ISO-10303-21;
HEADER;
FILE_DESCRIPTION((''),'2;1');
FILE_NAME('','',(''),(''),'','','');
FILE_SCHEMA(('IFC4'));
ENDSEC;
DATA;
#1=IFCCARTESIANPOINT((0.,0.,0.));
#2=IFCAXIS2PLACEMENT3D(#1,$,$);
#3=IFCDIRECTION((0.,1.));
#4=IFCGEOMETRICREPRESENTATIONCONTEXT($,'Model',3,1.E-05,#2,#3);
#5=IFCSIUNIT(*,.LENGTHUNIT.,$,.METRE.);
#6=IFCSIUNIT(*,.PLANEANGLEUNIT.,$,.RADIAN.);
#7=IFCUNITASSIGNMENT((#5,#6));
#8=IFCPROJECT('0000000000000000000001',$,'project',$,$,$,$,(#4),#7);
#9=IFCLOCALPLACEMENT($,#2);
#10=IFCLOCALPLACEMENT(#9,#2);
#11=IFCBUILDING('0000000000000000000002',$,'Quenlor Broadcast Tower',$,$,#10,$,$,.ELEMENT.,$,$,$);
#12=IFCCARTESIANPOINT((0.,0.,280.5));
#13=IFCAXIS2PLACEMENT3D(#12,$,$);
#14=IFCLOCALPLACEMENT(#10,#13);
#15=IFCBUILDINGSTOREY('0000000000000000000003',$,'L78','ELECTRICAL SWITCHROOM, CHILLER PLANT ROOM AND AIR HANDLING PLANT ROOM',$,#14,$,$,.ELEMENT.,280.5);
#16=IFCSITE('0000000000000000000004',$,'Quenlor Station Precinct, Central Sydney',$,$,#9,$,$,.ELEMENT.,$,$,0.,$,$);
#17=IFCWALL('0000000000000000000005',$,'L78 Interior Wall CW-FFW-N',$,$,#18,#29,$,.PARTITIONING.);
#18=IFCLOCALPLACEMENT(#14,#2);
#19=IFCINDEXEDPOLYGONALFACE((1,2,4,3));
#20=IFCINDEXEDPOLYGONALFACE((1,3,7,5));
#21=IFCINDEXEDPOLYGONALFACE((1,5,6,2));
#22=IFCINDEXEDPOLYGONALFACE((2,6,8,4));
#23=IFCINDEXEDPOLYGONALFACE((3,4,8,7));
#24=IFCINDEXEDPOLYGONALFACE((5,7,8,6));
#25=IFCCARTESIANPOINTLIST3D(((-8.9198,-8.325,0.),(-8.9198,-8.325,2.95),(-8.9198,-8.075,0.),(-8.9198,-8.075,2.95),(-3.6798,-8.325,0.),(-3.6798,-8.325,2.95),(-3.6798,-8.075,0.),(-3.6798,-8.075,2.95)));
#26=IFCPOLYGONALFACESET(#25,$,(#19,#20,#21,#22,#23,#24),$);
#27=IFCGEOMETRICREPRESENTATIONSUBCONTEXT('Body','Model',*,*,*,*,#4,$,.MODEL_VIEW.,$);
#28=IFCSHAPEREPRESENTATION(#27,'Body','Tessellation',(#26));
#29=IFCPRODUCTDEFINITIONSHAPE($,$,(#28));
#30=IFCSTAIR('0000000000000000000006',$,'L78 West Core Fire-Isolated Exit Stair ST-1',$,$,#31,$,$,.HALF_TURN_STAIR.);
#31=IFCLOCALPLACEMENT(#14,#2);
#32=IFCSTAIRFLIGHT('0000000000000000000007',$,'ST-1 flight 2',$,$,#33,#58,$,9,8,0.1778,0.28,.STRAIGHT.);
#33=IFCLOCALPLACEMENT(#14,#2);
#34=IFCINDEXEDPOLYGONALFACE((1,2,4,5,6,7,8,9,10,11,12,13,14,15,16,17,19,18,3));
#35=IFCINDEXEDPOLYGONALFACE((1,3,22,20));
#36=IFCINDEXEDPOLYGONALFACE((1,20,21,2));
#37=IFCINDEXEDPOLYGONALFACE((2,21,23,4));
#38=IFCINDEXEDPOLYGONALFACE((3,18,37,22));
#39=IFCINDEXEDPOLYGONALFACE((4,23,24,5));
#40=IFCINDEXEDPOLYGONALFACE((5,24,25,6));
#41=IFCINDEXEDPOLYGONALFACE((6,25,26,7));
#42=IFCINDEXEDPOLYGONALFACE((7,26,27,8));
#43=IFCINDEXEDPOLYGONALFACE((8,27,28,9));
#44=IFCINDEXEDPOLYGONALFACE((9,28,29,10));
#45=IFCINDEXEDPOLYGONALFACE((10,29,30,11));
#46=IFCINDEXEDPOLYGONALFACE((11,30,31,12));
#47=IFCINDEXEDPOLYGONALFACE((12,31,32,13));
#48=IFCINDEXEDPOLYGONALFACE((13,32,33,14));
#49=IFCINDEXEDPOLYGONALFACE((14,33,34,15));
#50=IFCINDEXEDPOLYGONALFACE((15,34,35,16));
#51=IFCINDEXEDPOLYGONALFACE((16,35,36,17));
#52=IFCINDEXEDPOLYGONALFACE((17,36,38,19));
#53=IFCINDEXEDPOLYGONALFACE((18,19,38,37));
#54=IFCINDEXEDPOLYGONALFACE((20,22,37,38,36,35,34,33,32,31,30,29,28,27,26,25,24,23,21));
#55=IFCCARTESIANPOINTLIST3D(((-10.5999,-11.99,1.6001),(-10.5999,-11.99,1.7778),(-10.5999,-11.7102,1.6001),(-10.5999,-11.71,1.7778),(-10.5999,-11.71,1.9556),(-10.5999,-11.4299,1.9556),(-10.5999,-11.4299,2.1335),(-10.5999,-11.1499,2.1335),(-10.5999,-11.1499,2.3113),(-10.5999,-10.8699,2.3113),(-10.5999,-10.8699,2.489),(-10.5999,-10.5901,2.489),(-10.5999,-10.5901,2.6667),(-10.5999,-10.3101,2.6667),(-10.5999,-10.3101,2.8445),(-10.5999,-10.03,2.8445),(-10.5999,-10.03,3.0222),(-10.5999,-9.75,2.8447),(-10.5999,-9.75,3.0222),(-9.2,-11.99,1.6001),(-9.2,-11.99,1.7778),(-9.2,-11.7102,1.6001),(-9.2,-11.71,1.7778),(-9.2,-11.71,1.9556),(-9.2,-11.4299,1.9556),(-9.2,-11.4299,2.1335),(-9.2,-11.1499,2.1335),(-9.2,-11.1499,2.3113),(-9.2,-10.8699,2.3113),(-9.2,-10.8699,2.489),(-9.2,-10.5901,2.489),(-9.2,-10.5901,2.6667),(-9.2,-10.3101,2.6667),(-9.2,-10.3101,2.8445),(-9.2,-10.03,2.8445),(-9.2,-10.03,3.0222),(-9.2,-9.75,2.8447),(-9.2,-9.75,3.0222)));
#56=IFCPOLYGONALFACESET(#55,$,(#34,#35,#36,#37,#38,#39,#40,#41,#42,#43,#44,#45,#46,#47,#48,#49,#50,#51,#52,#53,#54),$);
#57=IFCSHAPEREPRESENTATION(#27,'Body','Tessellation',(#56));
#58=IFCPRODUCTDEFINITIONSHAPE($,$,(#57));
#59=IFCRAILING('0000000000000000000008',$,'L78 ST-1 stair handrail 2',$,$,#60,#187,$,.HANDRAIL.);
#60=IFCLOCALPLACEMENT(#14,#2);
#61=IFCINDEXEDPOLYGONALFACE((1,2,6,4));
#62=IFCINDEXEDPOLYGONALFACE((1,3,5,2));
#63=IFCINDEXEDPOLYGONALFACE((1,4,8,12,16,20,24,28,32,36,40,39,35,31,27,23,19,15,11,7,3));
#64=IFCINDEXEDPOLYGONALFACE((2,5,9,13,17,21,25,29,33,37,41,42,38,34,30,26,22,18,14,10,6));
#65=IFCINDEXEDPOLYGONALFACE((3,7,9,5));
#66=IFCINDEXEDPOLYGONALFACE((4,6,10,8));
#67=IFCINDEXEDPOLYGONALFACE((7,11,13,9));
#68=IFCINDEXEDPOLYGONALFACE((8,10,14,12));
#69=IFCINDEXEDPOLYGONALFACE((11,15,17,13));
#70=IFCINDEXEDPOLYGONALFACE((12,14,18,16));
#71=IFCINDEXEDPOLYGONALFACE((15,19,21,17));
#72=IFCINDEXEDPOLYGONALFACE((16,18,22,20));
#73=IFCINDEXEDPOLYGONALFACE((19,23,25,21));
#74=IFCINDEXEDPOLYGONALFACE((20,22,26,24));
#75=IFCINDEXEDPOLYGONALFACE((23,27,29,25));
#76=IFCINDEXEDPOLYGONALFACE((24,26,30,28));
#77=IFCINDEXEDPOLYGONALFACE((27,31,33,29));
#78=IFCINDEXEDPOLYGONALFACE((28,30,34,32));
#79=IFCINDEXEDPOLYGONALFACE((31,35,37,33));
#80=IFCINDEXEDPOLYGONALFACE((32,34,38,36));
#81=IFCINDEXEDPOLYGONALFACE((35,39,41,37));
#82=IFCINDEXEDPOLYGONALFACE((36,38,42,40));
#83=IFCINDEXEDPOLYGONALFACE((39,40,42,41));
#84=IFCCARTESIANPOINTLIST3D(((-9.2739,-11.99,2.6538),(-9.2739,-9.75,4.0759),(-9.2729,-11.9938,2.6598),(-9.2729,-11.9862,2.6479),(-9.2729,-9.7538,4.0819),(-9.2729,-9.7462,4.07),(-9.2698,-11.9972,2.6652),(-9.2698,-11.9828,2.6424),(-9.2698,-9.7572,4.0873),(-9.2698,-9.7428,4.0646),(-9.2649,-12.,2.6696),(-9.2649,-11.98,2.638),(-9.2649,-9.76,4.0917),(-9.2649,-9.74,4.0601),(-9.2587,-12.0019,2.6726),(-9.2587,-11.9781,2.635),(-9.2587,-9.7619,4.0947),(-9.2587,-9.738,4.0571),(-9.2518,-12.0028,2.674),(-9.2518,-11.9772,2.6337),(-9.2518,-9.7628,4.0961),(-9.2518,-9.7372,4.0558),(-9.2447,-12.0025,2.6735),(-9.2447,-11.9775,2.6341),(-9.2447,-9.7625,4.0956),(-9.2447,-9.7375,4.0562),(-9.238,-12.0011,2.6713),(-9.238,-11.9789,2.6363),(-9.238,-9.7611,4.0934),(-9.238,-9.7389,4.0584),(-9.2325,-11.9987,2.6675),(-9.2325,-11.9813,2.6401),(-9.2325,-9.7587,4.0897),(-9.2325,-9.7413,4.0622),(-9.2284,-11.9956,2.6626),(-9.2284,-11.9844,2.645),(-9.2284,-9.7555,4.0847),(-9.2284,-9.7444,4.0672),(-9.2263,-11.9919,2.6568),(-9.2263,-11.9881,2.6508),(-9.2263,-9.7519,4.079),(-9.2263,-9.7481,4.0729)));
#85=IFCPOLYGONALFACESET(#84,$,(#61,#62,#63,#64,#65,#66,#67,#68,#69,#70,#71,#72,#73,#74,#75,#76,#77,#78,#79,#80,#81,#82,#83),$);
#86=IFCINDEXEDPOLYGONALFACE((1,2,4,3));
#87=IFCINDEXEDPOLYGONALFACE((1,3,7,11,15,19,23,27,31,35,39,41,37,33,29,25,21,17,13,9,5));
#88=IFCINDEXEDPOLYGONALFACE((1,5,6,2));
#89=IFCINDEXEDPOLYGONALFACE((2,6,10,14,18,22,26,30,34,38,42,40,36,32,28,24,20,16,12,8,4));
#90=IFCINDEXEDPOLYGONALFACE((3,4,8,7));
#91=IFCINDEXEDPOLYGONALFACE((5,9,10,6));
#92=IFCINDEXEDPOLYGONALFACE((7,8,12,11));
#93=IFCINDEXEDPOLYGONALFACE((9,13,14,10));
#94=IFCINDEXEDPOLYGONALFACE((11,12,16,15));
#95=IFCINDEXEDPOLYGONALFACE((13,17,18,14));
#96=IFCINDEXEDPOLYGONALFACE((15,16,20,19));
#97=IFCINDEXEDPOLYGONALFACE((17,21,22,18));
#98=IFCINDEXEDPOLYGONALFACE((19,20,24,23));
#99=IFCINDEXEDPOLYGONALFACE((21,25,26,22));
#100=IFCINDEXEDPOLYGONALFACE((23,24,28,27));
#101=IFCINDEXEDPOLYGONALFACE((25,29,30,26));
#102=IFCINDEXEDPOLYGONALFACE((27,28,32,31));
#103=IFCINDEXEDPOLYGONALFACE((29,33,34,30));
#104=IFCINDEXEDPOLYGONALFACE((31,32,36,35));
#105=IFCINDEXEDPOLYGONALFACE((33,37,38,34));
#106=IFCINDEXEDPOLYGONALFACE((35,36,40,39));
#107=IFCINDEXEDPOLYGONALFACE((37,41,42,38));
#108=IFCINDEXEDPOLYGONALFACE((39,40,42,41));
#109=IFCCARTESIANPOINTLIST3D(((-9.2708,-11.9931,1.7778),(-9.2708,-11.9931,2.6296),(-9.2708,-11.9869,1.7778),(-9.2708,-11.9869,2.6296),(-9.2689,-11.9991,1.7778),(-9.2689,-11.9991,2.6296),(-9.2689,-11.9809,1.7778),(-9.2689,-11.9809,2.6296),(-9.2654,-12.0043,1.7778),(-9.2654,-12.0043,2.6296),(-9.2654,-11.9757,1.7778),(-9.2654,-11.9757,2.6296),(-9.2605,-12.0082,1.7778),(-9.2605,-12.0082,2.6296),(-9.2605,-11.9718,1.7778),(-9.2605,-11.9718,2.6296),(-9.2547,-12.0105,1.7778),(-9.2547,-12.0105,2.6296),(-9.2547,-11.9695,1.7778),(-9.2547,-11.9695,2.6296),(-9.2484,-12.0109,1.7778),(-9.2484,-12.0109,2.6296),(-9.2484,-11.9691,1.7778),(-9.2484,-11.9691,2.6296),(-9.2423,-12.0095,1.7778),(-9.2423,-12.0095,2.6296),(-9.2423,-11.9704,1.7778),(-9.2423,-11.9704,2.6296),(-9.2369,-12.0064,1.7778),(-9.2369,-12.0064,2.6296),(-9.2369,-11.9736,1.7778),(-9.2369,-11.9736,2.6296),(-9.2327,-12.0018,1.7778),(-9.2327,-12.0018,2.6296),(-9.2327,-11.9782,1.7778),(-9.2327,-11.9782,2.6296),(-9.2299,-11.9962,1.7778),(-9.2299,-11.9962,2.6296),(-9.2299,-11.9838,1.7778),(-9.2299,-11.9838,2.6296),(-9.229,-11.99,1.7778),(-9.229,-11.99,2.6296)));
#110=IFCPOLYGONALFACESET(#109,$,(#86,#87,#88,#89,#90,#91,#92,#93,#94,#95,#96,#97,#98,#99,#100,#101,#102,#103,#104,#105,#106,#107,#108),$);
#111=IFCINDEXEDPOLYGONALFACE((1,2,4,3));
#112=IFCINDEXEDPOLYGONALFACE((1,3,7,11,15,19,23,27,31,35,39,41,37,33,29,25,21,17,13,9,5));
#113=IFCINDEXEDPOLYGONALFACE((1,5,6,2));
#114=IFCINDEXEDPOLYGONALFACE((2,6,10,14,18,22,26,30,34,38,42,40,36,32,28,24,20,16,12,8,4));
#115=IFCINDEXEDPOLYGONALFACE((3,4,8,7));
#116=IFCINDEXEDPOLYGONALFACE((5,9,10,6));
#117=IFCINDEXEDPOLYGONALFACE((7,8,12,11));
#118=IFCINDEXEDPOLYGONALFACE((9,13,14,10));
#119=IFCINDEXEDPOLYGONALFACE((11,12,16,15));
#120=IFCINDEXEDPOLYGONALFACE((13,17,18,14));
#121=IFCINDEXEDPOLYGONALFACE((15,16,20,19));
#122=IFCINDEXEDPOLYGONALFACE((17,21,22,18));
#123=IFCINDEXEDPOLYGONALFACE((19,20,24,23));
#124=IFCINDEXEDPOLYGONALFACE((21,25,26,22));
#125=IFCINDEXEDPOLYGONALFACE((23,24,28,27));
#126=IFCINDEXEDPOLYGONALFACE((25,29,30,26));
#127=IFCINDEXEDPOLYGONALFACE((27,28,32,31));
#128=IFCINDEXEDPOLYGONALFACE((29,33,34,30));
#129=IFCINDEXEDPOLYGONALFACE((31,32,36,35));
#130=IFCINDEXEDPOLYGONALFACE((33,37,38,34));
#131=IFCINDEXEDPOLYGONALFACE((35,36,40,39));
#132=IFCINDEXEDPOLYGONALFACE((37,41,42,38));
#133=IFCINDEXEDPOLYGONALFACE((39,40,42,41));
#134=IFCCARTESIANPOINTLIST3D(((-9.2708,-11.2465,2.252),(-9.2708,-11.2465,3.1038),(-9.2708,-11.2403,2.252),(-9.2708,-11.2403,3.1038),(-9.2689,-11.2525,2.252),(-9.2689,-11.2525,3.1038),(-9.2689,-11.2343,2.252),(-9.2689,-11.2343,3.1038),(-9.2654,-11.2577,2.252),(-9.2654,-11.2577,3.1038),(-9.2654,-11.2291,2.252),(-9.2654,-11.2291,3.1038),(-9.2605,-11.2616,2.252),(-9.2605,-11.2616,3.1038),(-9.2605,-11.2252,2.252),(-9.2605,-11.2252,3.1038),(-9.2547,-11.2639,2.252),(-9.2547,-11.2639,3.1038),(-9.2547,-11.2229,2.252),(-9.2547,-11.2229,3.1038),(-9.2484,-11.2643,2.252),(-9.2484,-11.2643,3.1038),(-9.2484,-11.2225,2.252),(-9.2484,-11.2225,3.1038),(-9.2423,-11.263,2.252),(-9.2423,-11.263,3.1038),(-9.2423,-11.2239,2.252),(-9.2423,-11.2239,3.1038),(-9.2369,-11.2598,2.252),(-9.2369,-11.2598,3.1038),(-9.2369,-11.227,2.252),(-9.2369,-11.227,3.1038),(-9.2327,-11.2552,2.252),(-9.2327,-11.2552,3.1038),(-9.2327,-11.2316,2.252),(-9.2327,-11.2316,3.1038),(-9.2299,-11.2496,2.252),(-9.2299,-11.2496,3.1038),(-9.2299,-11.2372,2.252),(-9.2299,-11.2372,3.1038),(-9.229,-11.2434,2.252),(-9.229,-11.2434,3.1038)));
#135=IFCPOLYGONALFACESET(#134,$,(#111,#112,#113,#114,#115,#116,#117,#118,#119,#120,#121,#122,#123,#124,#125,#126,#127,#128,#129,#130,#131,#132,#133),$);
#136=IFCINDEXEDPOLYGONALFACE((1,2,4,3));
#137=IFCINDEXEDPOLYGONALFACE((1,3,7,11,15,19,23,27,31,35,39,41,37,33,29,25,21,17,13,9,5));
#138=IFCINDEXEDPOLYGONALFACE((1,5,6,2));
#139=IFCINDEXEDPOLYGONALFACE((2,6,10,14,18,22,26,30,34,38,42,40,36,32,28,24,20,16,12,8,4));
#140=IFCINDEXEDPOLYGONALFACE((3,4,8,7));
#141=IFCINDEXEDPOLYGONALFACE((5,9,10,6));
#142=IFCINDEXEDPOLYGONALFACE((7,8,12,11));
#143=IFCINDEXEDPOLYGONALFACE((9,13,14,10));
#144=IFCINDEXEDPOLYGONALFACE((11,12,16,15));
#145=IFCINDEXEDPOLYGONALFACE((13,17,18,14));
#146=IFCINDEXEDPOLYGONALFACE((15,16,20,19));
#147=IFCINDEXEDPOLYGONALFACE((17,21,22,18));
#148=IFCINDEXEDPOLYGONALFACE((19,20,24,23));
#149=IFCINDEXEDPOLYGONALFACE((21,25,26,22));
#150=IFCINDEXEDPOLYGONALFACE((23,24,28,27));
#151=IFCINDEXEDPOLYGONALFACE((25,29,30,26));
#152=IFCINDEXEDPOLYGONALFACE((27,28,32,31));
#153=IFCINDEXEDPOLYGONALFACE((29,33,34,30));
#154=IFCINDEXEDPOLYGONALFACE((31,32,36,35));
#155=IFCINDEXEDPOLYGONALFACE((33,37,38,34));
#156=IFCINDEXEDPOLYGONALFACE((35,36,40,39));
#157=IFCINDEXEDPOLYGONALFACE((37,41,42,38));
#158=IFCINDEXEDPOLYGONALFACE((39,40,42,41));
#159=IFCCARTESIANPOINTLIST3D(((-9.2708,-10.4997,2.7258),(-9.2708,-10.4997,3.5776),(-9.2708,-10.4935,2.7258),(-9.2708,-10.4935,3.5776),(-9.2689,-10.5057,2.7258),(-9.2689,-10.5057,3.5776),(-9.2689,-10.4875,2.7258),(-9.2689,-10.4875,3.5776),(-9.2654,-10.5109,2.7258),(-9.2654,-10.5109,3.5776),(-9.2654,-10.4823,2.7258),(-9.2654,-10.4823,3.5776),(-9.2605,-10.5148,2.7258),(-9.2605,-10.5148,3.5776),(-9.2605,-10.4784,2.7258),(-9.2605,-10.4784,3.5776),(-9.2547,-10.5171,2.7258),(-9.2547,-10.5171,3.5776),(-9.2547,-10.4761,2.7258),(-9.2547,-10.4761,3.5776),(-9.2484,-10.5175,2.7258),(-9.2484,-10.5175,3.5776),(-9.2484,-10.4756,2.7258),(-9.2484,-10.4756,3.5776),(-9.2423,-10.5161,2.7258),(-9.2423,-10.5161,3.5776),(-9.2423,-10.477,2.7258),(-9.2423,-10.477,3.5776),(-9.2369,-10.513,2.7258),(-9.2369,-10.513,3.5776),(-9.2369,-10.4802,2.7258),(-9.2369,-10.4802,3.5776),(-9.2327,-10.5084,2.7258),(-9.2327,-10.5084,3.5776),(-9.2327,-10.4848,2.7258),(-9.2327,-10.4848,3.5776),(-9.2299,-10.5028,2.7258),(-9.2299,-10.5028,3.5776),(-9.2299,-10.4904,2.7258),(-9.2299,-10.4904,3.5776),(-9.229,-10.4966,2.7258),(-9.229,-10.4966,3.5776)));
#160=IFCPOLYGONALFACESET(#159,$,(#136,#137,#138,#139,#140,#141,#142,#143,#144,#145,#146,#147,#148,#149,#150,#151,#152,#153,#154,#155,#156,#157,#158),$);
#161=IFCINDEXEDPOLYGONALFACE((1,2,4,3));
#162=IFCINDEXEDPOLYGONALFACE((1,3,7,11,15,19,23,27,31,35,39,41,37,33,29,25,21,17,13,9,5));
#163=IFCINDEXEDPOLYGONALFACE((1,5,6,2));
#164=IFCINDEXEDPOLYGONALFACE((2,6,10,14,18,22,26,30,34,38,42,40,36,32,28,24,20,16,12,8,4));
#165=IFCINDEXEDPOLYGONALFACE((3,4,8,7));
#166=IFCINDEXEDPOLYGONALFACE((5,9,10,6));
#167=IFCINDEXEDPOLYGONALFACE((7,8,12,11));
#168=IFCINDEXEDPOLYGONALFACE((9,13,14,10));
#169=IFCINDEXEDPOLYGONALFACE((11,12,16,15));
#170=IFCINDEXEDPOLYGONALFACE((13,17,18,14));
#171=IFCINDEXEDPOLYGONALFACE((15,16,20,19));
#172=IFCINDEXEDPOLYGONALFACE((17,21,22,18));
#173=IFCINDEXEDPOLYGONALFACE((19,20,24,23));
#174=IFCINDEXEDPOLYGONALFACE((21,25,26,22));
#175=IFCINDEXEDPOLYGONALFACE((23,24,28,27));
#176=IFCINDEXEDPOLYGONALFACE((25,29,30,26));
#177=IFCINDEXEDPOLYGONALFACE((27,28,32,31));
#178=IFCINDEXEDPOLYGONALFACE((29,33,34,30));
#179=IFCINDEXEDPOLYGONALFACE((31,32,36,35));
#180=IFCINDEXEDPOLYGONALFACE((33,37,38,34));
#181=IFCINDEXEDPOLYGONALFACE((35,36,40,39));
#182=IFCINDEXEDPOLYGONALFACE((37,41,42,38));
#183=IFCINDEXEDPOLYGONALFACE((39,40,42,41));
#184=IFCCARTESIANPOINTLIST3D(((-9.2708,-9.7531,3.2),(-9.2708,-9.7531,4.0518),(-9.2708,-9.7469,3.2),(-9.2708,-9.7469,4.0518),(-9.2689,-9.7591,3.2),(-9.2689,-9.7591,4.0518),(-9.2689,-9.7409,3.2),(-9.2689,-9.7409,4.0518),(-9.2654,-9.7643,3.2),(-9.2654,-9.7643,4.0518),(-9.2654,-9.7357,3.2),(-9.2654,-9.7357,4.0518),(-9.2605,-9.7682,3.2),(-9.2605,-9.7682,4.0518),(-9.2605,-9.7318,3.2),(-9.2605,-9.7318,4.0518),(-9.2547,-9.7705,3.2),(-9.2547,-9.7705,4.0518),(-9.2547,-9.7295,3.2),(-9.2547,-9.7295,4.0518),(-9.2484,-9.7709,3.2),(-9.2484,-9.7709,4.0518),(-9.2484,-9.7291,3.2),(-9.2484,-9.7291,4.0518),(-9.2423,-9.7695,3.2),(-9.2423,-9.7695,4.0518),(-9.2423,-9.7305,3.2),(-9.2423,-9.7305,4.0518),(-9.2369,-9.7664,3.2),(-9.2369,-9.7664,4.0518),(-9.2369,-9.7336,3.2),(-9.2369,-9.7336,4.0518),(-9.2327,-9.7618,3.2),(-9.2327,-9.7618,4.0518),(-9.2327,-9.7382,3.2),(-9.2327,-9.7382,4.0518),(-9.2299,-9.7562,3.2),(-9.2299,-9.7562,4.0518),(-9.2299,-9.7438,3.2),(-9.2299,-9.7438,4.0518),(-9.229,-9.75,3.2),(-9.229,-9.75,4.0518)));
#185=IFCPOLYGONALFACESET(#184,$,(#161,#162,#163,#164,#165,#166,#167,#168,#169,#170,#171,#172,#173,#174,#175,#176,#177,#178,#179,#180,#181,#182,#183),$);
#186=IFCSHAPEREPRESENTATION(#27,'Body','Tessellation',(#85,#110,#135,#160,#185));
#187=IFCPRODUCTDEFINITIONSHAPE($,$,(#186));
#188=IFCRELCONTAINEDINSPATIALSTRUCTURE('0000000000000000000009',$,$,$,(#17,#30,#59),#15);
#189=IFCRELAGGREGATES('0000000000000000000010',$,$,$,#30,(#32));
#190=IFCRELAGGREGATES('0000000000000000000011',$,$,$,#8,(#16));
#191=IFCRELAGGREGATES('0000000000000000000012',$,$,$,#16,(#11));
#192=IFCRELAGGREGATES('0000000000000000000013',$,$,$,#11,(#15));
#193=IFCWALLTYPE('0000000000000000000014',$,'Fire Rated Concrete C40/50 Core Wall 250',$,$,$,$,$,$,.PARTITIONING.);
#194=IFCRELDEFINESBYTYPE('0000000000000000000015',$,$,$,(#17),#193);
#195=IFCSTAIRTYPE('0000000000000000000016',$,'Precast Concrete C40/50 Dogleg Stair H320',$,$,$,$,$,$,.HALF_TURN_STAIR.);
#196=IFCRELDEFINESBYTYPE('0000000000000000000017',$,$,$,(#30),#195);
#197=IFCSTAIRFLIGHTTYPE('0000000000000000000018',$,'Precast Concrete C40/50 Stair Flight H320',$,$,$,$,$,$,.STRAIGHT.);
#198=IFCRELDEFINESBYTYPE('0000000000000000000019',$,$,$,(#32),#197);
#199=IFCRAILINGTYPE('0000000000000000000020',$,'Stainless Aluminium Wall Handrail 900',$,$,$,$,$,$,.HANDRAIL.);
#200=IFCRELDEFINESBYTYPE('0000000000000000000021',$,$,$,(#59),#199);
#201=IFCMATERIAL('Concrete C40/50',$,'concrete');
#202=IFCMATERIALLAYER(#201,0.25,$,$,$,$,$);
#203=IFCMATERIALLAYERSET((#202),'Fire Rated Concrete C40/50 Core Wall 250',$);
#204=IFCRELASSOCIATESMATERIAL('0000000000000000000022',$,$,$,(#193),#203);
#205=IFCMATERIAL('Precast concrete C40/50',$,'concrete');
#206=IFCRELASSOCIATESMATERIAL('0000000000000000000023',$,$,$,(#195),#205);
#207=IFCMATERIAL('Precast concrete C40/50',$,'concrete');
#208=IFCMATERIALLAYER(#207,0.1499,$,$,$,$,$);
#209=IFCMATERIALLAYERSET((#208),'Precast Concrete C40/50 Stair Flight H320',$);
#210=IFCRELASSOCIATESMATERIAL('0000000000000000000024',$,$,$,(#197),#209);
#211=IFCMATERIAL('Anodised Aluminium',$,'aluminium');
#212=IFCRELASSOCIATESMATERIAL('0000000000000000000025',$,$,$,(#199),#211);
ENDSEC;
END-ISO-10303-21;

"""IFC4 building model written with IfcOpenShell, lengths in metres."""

from ifc_helpers import new_model, si_unit, direction, frame, frame_2d, origin, origin_2d, place, context, subcontext, project, spatial, polyline, rectangle, circle, outline, extrude, material, layer, layer_set, type_object, element, aggregate, save


model = new_model("IFC4")

# Units and contexts
model_context = context("Model", 3, precision=1e-05, world=origin(), true_north=direction((0.0, 1.0)))
body_context = subcontext(model_context, "Body", "Model", "MODEL_VIEW")
ifc_project = project(units=[si_unit("LENGTHUNIT", "METRE"), si_unit("PLANEANGLEUNIT", "RADIAN")], contexts=[model_context])

# Site, building, storey
site_placement = place(None, origin())
site = spatial("IfcSite", under=ifc_project, at=site_placement, Name="Quenlor Station Precinct, Central Sydney", CompositionType="ELEMENT", RefElevation=0.0)
building_placement = place(site_placement, origin())
building = spatial("IfcBuilding", under=site, at=building_placement, Name="Quenlor Broadcast Tower", CompositionType="ELEMENT")
storey_placement = place(building_placement, frame((0.0, 0.0, 280.5)))
storey = spatial("IfcBuildingStorey", under=building, at=storey_placement, Name="L78", Description="ELECTRICAL SWITCHROOM, CHILLER PLANT ROOM AND AIR HANDLING PLANT ROOM", CompositionType="ELEMENT", Elevation=280.5)

# Shared definitions
ifc_material_1 = material(Name="Concrete C40/50", Category="concrete")
ifc_layer_1 = layer(ifc_material_1, 0.25)
ifc_layer_set_1 = layer_set([ifc_layer_1], Name="Fire Rated Concrete C40/50 Core Wall 250")
wall_type_1 = type_object("IfcWallType", Name="Fire Rated Concrete C40/50 Core Wall 250", PredefinedType="PARTITIONING", material=ifc_layer_set_1)

# Wall
wall_1_placement = place(storey_placement, frame((-8.9199, -8.2, 0.0), z_axis=(0.0, 0.0, 1.0), x_axis=(1.0, 0.0, 0.0)))
element("IfcWall", 1, at=wall_1_placement, inside=storey, type_object=wall_type_1, Name="L78 Interior Wall CW-FFW-N", PredefinedType="PARTITIONING", context=body_context, shape_type="SweptSolid", body=[
    extrude(rectangle(XDim=5.24, YDim=0.25, at=frame_2d((2.6201, 0.0))), origin(), (0.0, 0.0, 1.0), 2.95),
])

# Stair, stair flight
ifc_material_2 = material(Name="Precast concrete C40/50", Category="concrete")
stair_type = type_object("IfcStairType", Name="Precast Concrete C40/50 Dogleg Stair H320", PredefinedType="HALF_TURN_STAIR", material=ifc_material_2)
stair_placement = place(storey_placement, origin())
stair = element("IfcStair", 2, at=stair_placement, inside=storey, type_object=stair_type, Name="L78 West Core Fire-Isolated Exit Stair ST-1", PredefinedType="HALF_TURN_STAIR")
ifc_material_3 = material(Name="Precast concrete C40/50", Category="concrete")
ifc_layer_2 = layer(ifc_material_3, 0.1499)
ifc_layer_set_2 = layer_set([ifc_layer_2], Name="Precast Concrete C40/50 Stair Flight H320")
stair_flight_type = type_object("IfcStairFlightType", Name="Precast Concrete C40/50 Stair Flight H320", PredefinedType="STRAIGHT", material=ifc_layer_set_2)
stair_flight_placement = place(storey_placement, frame((-9.8999, -11.99, 1.6001), z_axis=(0.0, 0.0, 1.0), x_axis=(0.0, 1.0, 0.0)))
stair_flight = element("IfcStairFlight", 3, at=stair_flight_placement, type_object=stair_flight_type, Name="ST-1 flight 2", NumberOfRisers=9, NumberOfTreads=8, PredefinedType="STRAIGHT", RiserHeight=0.1778, TreadLength=0.28, context=body_context, shape_type="SweptSolid", body=[
    extrude(outline(polyline([(0.0, 0.0), (0.0, 0.1777), (0.28, 0.1777), (0.28, 0.3555), (0.5601, 0.3555), (0.5601, 0.5334), (0.8401, 0.5334), (0.8401, 0.7112), (1.1201, 0.7112), (1.1201, 0.8889), (1.3999, 0.8889), (1.3999, 1.0667), (1.6799, 1.0667), (1.6799, 1.2444), (1.96, 1.2444), (1.96, 1.4221), (2.24, 1.4221), (2.24, 1.6001), (2.24, 1.2446), (0.2798, 0.0), (0.0, 0.0)])), frame((0.0, 0.7, 0.0), z_axis=(0.0, -1.0, 0.0), x_axis=(1.0, 0.0, 0.0)), (0.0, 0.0, 1.0), 1.3999),
])
aggregate(stair, [stair_flight])

# Railing
ifc_material_4 = material(Name="Anodised Aluminium", Category="aluminium")
railing_type_1 = type_object("IfcRailingType", Name="Stainless Aluminium Wall Handrail 900", PredefinedType="HANDRAIL", material=ifc_material_4)
railing_1_placement = place(storey_placement, frame((-9.25, -11.99, 1.7778)))
element("IfcRailing", 4, at=railing_1_placement, inside=storey, type_object=railing_type_1, Name="L78 ST-1 stair handrail 2", PredefinedType="HANDRAIL", context=body_context, shape_type="SweptSolid", body=[
    extrude(circle(Radius=0.0239, at=origin_2d()), frame((0.0, 0.0, 0.876), z_axis=(0.0, 0.844229, 0.535982), x_axis=(-1.0, 0.0, 0.0)), (0.0, 0.0, 1.0), 2.6533),
    extrude(circle(Radius=0.021, at=origin_2d()), origin(), (0.0, 0.0, 1.0), 0.8518),
    extrude(circle(Radius=0.021, at=origin_2d()), frame((0.0, 0.7466, 0.4741)), (0.0, 0.0, 1.0), 0.8518),
    extrude(circle(Radius=0.021, at=origin_2d()), frame((0.0, 1.4934, 0.948)), (0.0, 0.0, 1.0), 0.8518),
    extrude(circle(Radius=0.021, at=origin_2d()), frame((0.0, 2.24, 1.4221)), (0.0, 0.0, 1.0), 0.8518),
])

save(model, "model.ifc")
